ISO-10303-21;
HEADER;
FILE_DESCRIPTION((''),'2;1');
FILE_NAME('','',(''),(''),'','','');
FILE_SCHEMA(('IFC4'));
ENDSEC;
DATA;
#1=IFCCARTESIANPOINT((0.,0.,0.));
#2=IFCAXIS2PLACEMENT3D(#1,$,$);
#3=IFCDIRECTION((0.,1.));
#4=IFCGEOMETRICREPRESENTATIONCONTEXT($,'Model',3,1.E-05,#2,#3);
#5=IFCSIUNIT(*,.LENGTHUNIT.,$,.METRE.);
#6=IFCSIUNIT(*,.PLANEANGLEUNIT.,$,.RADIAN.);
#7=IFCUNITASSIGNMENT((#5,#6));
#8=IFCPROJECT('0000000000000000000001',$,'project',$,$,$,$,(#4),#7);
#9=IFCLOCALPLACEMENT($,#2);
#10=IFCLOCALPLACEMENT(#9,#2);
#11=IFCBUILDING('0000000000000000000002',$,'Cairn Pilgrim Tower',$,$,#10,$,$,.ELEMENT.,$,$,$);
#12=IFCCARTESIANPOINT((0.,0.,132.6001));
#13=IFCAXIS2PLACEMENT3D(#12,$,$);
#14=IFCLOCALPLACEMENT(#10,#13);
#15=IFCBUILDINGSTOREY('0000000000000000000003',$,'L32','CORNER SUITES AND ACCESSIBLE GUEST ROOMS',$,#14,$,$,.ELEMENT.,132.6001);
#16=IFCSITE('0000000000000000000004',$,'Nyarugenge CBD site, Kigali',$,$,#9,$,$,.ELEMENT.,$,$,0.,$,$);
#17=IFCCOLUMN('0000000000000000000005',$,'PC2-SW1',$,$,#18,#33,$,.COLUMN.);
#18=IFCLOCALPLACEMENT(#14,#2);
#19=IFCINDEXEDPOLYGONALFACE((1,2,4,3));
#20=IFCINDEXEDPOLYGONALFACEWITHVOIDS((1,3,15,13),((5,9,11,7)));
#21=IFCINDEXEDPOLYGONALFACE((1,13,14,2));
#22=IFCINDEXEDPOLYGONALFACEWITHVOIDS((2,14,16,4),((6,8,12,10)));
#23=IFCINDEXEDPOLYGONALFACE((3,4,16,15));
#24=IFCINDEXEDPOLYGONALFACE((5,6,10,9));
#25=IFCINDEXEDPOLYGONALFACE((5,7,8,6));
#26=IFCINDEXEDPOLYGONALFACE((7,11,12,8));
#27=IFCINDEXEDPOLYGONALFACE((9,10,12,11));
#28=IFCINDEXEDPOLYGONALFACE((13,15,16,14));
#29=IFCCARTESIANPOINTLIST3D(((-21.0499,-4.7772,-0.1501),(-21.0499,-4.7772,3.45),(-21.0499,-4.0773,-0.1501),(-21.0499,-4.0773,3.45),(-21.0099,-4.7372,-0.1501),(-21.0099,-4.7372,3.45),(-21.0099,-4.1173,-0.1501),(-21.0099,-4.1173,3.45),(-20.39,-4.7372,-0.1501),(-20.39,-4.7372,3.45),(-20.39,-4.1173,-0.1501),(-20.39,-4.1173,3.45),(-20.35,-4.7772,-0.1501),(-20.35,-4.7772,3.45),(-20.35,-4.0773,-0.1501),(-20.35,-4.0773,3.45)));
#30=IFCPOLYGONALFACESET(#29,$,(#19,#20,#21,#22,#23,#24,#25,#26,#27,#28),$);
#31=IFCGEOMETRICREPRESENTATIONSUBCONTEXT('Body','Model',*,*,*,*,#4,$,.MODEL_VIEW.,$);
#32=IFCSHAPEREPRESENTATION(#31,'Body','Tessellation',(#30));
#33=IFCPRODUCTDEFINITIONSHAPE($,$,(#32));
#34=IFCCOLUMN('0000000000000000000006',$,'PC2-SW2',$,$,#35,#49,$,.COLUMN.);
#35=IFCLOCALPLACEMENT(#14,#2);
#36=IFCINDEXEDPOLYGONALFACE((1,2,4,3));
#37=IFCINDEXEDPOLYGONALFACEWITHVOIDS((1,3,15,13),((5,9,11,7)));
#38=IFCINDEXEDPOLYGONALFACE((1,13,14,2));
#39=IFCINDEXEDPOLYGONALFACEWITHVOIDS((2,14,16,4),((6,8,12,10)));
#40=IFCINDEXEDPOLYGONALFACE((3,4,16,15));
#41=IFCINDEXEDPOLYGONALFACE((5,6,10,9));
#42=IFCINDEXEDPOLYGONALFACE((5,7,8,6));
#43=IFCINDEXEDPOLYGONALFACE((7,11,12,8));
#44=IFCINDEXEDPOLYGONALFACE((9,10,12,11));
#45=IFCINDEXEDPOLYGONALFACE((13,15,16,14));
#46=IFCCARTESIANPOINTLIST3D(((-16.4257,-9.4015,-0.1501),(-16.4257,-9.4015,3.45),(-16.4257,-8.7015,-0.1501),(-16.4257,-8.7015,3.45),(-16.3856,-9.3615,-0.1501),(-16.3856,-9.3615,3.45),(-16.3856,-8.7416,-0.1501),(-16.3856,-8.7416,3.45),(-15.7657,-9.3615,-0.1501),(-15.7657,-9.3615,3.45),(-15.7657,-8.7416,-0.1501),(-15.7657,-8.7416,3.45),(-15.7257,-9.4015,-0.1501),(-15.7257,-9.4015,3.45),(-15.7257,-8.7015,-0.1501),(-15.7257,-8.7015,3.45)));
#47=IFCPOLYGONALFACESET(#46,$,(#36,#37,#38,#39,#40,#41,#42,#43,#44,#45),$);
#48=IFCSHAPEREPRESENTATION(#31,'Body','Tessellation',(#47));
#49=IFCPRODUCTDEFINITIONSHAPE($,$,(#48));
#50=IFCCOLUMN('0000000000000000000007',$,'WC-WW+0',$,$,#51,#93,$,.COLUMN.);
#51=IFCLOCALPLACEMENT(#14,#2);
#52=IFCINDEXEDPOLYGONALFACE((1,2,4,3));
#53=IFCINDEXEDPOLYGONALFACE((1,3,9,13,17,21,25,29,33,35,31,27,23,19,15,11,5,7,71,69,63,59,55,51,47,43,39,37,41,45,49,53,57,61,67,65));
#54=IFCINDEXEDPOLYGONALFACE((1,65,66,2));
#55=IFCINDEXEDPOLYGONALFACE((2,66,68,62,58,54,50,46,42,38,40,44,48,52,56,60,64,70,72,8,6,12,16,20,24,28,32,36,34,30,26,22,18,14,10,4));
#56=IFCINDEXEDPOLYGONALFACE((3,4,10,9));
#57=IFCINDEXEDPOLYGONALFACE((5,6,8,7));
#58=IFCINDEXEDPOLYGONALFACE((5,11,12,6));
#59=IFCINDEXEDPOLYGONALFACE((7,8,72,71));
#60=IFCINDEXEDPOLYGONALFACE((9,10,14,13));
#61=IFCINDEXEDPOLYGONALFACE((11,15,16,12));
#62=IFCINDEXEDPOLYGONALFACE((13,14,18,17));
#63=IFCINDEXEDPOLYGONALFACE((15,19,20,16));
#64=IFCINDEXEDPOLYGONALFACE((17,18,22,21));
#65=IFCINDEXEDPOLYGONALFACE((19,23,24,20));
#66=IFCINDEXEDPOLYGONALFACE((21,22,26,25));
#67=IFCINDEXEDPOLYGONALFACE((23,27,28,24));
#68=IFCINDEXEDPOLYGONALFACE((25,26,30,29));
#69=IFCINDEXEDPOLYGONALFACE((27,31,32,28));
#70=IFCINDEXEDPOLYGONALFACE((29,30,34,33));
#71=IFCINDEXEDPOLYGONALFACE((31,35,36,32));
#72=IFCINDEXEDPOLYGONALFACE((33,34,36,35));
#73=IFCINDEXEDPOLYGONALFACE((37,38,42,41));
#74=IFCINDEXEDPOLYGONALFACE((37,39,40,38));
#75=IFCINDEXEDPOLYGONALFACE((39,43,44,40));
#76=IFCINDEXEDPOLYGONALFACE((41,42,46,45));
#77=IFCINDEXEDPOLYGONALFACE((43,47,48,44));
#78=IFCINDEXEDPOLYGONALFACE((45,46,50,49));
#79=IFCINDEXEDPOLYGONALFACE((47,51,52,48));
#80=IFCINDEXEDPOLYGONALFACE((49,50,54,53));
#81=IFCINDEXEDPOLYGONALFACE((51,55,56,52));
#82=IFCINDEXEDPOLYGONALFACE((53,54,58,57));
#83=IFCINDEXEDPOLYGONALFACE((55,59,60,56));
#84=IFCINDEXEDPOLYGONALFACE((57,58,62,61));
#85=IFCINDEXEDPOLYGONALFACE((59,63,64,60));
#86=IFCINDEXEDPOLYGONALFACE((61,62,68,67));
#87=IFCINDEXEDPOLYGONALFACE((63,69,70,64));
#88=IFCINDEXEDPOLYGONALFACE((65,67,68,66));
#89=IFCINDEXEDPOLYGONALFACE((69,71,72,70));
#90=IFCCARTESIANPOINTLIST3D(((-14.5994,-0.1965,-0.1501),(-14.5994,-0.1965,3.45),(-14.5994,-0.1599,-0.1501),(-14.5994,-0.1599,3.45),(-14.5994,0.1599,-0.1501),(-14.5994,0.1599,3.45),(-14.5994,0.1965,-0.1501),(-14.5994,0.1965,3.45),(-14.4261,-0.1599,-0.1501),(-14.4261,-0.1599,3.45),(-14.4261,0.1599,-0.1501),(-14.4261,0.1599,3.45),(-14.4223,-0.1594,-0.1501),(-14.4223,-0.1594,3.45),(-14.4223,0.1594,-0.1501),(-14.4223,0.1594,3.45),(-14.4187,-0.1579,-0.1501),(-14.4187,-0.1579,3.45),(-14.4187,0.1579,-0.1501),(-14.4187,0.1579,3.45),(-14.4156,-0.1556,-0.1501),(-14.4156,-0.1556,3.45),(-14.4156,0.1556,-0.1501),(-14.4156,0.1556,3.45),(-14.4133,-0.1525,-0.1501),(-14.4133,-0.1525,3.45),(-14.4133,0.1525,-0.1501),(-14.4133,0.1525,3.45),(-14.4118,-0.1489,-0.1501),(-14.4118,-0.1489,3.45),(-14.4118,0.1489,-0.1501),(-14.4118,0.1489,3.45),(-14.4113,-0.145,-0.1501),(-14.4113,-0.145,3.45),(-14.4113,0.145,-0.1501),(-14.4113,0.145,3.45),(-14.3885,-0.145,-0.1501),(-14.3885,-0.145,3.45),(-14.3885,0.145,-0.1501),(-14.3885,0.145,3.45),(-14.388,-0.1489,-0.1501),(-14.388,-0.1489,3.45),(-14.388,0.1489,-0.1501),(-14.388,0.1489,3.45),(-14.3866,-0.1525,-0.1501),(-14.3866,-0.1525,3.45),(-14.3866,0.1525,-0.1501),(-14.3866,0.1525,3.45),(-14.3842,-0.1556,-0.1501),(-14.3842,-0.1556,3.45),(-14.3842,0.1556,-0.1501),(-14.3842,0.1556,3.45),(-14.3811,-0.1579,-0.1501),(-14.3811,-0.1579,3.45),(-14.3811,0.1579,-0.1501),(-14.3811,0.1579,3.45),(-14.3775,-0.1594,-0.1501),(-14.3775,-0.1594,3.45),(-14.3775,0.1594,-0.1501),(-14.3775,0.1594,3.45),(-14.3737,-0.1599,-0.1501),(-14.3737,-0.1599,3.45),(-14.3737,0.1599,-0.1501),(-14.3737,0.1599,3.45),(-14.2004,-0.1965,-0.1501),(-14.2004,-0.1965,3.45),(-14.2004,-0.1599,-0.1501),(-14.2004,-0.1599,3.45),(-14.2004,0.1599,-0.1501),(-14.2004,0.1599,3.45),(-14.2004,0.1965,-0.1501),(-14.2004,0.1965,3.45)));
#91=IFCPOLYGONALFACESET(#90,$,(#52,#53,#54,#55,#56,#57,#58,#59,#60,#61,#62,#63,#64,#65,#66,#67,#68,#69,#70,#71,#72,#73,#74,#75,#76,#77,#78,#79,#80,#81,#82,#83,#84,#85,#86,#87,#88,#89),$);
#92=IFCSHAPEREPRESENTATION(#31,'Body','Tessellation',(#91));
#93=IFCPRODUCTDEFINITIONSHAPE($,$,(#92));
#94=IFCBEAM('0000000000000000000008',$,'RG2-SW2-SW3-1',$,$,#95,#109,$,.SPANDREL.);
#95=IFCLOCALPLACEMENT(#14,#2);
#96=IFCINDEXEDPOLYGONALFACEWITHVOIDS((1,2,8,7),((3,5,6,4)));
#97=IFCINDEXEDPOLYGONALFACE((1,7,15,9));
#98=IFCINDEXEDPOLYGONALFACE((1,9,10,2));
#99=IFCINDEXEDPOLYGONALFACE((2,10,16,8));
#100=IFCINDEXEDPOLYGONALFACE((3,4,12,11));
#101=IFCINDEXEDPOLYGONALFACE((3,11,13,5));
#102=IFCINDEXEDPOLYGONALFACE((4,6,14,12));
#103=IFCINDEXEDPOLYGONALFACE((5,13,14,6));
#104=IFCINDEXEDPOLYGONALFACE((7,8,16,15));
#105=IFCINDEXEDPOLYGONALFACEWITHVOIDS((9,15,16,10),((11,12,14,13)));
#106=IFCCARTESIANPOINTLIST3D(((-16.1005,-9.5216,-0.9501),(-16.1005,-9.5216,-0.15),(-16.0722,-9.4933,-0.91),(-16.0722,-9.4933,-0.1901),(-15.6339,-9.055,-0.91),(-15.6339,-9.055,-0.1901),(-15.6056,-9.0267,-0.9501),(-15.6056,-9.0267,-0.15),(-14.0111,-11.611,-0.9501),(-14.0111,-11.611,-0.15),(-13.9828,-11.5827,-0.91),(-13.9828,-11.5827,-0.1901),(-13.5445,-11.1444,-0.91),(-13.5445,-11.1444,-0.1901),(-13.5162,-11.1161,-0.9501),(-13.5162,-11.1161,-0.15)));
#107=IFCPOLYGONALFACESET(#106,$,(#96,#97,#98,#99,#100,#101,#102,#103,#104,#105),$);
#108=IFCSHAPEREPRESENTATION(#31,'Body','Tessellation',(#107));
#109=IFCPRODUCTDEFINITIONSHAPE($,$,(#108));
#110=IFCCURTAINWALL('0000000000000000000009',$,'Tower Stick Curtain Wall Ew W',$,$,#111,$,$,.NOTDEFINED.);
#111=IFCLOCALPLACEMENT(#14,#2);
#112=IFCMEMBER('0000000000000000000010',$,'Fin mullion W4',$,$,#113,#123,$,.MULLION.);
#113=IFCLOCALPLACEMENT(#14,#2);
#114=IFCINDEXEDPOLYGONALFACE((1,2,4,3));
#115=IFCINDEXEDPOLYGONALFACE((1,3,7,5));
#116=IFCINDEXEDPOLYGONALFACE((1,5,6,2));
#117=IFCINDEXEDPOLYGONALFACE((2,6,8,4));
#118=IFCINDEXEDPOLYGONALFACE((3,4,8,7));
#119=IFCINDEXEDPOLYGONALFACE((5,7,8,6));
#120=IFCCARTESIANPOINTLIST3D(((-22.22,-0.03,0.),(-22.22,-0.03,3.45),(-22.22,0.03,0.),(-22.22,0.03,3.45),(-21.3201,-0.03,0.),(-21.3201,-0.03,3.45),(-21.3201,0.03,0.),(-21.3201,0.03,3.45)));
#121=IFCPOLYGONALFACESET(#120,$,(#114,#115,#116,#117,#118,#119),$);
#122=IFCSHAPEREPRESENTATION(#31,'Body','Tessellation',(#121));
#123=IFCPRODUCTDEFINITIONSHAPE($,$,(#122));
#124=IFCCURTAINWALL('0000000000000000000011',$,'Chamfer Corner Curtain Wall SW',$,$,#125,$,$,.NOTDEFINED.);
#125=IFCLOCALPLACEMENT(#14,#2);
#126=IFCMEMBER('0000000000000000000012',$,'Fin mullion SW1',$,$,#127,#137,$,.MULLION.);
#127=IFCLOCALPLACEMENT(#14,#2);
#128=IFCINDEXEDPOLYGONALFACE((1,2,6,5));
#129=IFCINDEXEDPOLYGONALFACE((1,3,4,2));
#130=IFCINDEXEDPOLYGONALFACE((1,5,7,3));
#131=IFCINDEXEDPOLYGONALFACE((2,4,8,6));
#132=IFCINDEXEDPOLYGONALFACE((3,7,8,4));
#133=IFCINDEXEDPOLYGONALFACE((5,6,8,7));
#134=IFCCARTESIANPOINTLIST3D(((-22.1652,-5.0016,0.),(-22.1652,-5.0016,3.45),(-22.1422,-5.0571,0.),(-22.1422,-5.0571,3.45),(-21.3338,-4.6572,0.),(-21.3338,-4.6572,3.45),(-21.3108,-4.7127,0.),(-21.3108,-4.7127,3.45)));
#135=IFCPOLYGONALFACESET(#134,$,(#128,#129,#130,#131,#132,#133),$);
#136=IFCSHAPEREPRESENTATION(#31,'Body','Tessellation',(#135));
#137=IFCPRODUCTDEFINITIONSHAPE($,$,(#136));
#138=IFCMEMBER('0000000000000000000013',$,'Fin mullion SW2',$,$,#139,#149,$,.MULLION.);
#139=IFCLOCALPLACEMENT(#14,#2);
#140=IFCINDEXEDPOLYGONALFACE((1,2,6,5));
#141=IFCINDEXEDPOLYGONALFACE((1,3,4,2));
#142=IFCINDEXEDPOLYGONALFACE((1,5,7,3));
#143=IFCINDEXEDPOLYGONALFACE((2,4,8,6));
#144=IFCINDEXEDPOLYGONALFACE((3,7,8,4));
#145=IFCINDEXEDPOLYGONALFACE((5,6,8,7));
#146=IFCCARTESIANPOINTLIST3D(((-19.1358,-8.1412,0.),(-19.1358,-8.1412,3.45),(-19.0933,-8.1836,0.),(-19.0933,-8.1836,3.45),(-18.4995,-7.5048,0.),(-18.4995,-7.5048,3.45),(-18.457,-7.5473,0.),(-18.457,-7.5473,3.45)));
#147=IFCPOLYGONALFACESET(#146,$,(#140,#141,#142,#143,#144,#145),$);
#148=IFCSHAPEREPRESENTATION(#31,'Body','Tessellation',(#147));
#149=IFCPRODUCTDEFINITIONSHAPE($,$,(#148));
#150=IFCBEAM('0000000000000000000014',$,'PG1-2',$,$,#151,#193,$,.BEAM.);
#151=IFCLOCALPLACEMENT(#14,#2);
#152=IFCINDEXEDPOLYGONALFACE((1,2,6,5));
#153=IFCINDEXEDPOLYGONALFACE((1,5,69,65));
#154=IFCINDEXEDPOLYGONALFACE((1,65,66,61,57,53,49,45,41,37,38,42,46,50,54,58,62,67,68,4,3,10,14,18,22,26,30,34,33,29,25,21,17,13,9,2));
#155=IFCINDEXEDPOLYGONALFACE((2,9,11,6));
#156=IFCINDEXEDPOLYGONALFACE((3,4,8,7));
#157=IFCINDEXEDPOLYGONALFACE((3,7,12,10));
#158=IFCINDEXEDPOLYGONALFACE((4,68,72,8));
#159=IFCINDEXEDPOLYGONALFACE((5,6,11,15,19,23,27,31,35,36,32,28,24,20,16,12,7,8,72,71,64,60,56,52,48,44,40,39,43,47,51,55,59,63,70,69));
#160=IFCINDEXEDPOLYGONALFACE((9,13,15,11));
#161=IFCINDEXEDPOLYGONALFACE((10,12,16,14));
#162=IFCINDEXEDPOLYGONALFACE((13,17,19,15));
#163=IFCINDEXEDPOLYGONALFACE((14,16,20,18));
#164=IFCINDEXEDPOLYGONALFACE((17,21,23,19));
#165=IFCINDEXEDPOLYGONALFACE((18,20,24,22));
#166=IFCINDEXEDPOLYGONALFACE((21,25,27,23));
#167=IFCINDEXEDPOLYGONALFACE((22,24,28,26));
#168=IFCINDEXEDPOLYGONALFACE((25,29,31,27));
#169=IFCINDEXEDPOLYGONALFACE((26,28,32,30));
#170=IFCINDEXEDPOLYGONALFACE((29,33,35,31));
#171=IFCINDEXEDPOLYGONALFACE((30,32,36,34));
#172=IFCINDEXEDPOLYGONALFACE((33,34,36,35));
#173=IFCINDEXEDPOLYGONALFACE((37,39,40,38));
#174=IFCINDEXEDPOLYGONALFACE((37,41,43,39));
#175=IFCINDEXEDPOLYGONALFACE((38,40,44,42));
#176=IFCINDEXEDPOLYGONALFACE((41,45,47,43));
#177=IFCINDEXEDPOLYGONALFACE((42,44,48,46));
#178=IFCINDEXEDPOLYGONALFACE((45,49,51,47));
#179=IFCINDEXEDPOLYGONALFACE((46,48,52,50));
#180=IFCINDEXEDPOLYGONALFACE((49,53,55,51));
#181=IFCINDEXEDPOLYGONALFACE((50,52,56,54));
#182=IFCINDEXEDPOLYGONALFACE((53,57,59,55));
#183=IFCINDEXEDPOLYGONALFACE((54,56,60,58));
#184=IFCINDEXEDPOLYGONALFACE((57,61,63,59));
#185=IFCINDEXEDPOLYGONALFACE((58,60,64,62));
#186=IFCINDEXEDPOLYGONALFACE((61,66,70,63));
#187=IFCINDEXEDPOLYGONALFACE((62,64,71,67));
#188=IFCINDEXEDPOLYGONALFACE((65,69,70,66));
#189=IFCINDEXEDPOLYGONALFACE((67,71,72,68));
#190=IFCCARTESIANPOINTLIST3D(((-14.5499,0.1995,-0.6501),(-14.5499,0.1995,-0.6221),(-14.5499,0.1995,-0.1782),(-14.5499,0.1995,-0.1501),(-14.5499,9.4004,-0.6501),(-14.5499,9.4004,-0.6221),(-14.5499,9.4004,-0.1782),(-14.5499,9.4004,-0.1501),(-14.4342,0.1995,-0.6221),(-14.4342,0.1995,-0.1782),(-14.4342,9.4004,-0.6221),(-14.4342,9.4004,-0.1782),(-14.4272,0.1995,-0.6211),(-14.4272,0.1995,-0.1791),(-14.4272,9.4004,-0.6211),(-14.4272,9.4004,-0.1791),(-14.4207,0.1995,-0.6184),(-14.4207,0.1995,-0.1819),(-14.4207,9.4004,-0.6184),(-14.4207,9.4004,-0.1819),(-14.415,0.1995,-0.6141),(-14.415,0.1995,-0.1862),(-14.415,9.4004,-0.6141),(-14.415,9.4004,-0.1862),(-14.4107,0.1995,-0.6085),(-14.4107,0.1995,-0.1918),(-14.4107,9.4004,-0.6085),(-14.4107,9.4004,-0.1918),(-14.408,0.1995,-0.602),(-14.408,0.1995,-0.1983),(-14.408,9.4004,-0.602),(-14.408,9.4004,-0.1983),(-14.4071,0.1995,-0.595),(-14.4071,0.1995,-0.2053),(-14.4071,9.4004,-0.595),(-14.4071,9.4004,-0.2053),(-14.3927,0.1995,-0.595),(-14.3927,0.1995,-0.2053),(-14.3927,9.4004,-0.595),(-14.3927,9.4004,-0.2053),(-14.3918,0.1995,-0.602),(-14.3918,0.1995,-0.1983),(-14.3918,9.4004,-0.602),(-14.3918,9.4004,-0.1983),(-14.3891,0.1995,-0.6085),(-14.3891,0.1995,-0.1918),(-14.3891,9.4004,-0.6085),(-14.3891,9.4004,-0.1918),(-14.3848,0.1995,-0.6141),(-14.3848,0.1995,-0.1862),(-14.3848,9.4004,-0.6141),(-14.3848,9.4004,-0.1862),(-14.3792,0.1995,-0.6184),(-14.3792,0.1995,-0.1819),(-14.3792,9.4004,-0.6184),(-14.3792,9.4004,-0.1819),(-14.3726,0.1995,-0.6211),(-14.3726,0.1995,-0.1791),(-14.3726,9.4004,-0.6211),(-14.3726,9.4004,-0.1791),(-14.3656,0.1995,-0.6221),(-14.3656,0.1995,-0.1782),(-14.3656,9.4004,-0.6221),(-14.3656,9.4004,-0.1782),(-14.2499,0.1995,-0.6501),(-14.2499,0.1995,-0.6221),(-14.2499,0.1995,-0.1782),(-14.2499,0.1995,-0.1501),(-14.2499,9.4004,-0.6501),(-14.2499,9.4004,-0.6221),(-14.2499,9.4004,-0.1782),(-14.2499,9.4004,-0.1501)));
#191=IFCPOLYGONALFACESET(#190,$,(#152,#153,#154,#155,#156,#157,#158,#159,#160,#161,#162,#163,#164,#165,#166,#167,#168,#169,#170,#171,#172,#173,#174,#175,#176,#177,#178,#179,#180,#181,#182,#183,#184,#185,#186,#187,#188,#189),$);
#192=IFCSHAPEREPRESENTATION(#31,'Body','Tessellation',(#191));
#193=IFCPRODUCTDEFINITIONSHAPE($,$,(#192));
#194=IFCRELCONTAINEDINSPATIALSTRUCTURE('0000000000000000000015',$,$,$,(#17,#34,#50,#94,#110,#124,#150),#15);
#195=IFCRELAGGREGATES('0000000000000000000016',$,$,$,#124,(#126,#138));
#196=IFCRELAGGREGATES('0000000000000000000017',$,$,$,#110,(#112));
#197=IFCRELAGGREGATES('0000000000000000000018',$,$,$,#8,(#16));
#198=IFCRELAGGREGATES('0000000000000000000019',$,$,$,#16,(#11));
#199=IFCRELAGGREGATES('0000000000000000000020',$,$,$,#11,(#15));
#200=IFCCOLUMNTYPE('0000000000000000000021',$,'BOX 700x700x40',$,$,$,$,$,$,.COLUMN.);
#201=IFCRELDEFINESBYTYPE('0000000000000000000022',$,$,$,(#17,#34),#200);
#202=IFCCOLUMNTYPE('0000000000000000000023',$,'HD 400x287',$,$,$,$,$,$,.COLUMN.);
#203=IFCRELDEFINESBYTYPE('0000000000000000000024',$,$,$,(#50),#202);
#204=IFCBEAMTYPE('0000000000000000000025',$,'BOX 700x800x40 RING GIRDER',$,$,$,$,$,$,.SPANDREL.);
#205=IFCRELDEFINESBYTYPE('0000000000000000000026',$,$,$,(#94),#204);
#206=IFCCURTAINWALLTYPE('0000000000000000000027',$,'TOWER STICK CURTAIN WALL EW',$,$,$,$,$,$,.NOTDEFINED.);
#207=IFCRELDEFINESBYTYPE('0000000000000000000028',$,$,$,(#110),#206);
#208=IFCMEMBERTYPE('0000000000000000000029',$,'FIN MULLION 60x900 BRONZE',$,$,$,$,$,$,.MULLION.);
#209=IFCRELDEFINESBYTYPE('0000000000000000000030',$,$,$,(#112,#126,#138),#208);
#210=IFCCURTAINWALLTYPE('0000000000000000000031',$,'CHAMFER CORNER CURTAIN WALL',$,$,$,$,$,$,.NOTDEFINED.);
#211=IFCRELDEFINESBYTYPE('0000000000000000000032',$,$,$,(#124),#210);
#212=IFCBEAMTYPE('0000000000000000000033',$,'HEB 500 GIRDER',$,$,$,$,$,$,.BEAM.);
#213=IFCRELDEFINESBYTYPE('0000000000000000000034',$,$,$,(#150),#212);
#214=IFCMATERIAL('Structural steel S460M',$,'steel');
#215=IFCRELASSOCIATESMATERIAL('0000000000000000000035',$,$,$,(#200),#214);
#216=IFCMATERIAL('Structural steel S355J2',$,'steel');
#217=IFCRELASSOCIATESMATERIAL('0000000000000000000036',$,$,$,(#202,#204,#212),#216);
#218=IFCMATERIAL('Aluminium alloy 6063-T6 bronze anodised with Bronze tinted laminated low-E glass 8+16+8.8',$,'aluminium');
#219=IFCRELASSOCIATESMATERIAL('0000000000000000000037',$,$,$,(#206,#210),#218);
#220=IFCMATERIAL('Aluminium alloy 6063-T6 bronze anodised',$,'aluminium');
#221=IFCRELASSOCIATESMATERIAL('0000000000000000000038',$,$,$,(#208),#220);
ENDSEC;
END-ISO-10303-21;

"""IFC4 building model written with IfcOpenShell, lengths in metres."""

from ifc_helpers import new_model, si_unit, direction, frame, origin, origin_2d, place, context, subcontext, project, spatial, rectangle, hollow_rectangle, i_section, extrude, material, material_profile, profile_set, type_object, element, aggregate, save


model = new_model("IFC4")

# Units and contexts
model_context = context("Model", 3, precision=1e-05, world=origin(), true_north=direction((0.0, 1.0)))
body_context = subcontext(model_context, "Body", "Model", "MODEL_VIEW")
ifc_project = project(units=[si_unit("LENGTHUNIT", "METRE"), si_unit("PLANEANGLEUNIT", "RADIAN")], contexts=[model_context])

# Site, building, storey
site_placement = place(None, origin())
site = spatial("IfcSite", under=ifc_project, at=site_placement, Name="Nyarugenge CBD site, Kigali", CompositionType="ELEMENT", RefElevation=0.0)
building_placement = place(site_placement, origin())
building = spatial("IfcBuilding", under=site, at=building_placement, Name="Cairn Pilgrim Tower", CompositionType="ELEMENT")
storey_placement = place(building_placement, frame((0.0, 0.0, 132.6001)))
storey = spatial("IfcBuildingStorey", under=building, at=storey_placement, Name="L32", Description="CORNER SUITES AND ACCESSIBLE GUEST ROOMS", CompositionType="ELEMENT", Elevation=132.6001)

# Columns
ifc_material_1 = material(Name="Structural steel S460M", Category="steel")
ifc_material_profile_1 = material_profile(ifc_material_1, hollow_rectangle(XDim=0.7, YDim=0.7, WallThickness=0.04, at=origin_2d()), Name="BOX 700x700x40")
ifc_profile_set_1 = profile_set([ifc_material_profile_1], Name="Structural steel S460M")
column_type_1 = type_object("IfcColumnType", Name="BOX 700x700x40", PredefinedType="COLUMN", material=ifc_profile_set_1)
for number, where, z_axis, x_axis, name in (
    (1, (-20.7, -4.4272, -0.1501), (0.0, 0.0, 1.0), (1.0, 0.0, 0.0), "PC2-SW1"),
    (2, (-16.0757, -9.0515, -0.1501), (0.0, 0.0, 1.0), (1.0, 0.0, 0.0), "PC2-SW2"),
):
    element("IfcColumn", number, at=place(storey_placement, frame(where, z_axis=z_axis, x_axis=x_axis)), inside=storey, type_object=column_type_1, Name=name, PredefinedType="COLUMN", context=body_context, shape_type="SweptSolid", body=[
        extrude(hollow_rectangle(XDim=0.7, YDim=0.7, WallThickness=0.04, at=origin_2d()), origin(), (0.0, 0.0, 1.0), 3.6001),
    ])
ifc_material_2 = material(Name="Structural steel S355J2", Category="steel")
ifc_material_profile_2 = material_profile(ifc_material_2, i_section(OverallWidth=0.3989, OverallDepth=0.3931, WebThickness=0.0227, FlangeThickness=0.0366, FilletRadius=0.0149, at=origin_2d()), Name="HD 400x287")
ifc_profile_set_2 = profile_set([ifc_material_profile_2], Name="Structural steel S355J2")
column_type_2 = type_object("IfcColumnType", Name="HD 400x287", PredefinedType="COLUMN", material=ifc_profile_set_2)
column_placement = place(storey_placement, frame((-14.3999, 0.0, -0.1501), z_axis=(0.0, 0.0, 1.0), x_axis=(1.0, 0.0, 0.0)))
element("IfcColumn", 3, at=column_placement, inside=storey, type_object=column_type_2, Name="WC-WW+0", PredefinedType="COLUMN", context=body_context, shape_type="SweptSolid", body=[
    extrude(i_section(OverallWidth=0.3989, OverallDepth=0.3931, WebThickness=0.0227, FlangeThickness=0.0366, FilletRadius=0.0149, at=origin_2d()), origin(), (0.0, 0.0, 1.0), 3.6001),
])

# Beam
ifc_material_profile_3 = material_profile(ifc_material_2, hollow_rectangle(XDim=0.7, YDim=0.8, WallThickness=0.04, at=origin_2d()), Name="BOX 700x800x40")
ifc_profile_set_3 = profile_set([ifc_material_profile_3], Name="Structural steel S355J2")
beam_type_1 = type_object("IfcBeamType", Name="BOX 700x800x40 RING GIRDER", PredefinedType="SPANDREL", material=ifc_profile_set_3)
beam_1_placement = place(storey_placement, frame((-15.853, -9.2742, -0.55), z_axis=(0.707107, -0.707107, 0.0), x_axis=(0.707107, 0.707107, 0.0)))
element("IfcBeam", 4, at=beam_1_placement, inside=storey, type_object=beam_type_1, Name="RG2-SW2-SW3-1", PredefinedType="SPANDREL", context=body_context, shape_type="SweptSolid", body=[
    extrude(hollow_rectangle(XDim=0.7, YDim=0.8, WallThickness=0.04, at=origin_2d()), origin(), (0.0, 0.0, 1.0), 2.9548),
])

# Curtain wall, member
ifc_material_3 = material(Name="Aluminium alloy 6063-T6 bronze anodised with Bronze tinted laminated low-E glass 8+16+8.8", Category="aluminium")
curtain_wall_type_1 = type_object("IfcCurtainWallType", Name="TOWER STICK CURTAIN WALL EW", PredefinedType="NOTDEFINED", material=ifc_material_3)
curtain_wall_1_placement = place(storey_placement, origin())
curtain_wall_1 = element("IfcCurtainWall", 5, at=curtain_wall_1_placement, inside=storey, type_object=curtain_wall_type_1, Name="Tower Stick Curtain Wall Ew W", PredefinedType="NOTDEFINED")
ifc_material_4 = material(Name="Aluminium alloy 6063-T6 bronze anodised", Category="aluminium")
ifc_material_profile_4 = material_profile(ifc_material_4, rectangle(XDim=0.8999, YDim=0.0601, at=origin_2d()), Name="FIN MULLION 60x900 BRONZE")
ifc_profile_set_4 = profile_set([ifc_material_profile_4], Name="Aluminium alloy 6063-T6 bronze anodised")
member_type_1 = type_object("IfcMemberType", Name="FIN MULLION 60x900 BRONZE", PredefinedType="MULLION", material=ifc_profile_set_4)
member_1_placement = place(storey_placement, frame((-21.77, 0.0, 0.0), z_axis=(0.0, 0.0, 1.0), x_axis=(-1.0, 0.0, 0.0)))
member_1 = element("IfcMember", 6, at=member_1_placement, type_object=member_type_1, Name="Fin mullion W4", PredefinedType="MULLION", context=body_context, shape_type="SweptSolid", body=[
    extrude(rectangle(XDim=0.8999, YDim=0.0601, at=origin_2d()), origin(), (0.0, 0.0, 1.0), 3.45),
])

# Curtain wall, members
curtain_wall_type_2 = type_object("IfcCurtainWallType", Name="CHAMFER CORNER CURTAIN WALL", PredefinedType="NOTDEFINED", material=ifc_material_3)
curtain_wall_2_placement = place(storey_placement, origin())
curtain_wall_2 = element("IfcCurtainWall", 7, at=curtain_wall_2_placement, inside=storey, type_object=curtain_wall_type_2, Name="Chamfer Corner Curtain Wall SW", PredefinedType="NOTDEFINED")
member_2_placement = place(storey_placement, frame((-21.738, -4.8572, 0.0), z_axis=(0.0, 0.0, 1.0), x_axis=(-0.92388, -0.382683, 0.0)))
member_2 = element("IfcMember", 8, at=member_2_placement, type_object=member_type_1, Name="Fin mullion SW1", PredefinedType="MULLION", context=body_context, shape_type="SweptSolid", body=[
    extrude(rectangle(XDim=0.8999, YDim=0.0601, at=origin_2d()), origin(), (0.0, 0.0, 1.0), 3.45),
])
member_3_placement = place(storey_placement, frame((-18.7964, -7.8442, 0.0), z_axis=(0.0, 0.0, 1.0), x_axis=(-0.707107, -0.707107, 0.0)))
member_3 = element("IfcMember", 9, at=member_3_placement, type_object=member_type_1, Name="Fin mullion SW2", PredefinedType="MULLION", context=body_context, shape_type="SweptSolid", body=[
    extrude(rectangle(XDim=0.8999, YDim=0.0601, at=origin_2d()), origin(), (0.0, 0.0, 1.0), 3.45),
])

# Beam
ifc_material_profile_5 = material_profile(ifc_material_2, i_section(OverallWidth=0.3, OverallDepth=0.5, WebThickness=0.0144, FlangeThickness=0.0281, FilletRadius=0.0271, at=origin_2d()), Name="HEB 500")
ifc_profile_set_5 = profile_set([ifc_material_profile_5], Name="Structural steel S355J2")
beam_type_2 = type_object("IfcBeamType", Name="HEB 500 GIRDER", PredefinedType="BEAM", material=ifc_profile_set_5)
beam_2_placement = place(storey_placement, frame((-14.3999, 0.1995, -0.4001), z_axis=(0.0, 1.0, 0.0), x_axis=(-1.0, 0.0, 0.0)))
element("IfcBeam", 10, at=beam_2_placement, inside=storey, type_object=beam_type_2, Name="PG1-2", PredefinedType="BEAM", context=body_context, shape_type="SweptSolid", body=[
    extrude(i_section(OverallWidth=0.3, OverallDepth=0.5, WebThickness=0.0144, FlangeThickness=0.0281, FilletRadius=0.0271, at=origin_2d()), origin(), (0.0, 0.0, 1.0), 9.2009),
])

aggregate(curtain_wall_2, [member_2, member_3])
aggregate(curtain_wall_1, [member_1])

save(model, "model.ifc")
